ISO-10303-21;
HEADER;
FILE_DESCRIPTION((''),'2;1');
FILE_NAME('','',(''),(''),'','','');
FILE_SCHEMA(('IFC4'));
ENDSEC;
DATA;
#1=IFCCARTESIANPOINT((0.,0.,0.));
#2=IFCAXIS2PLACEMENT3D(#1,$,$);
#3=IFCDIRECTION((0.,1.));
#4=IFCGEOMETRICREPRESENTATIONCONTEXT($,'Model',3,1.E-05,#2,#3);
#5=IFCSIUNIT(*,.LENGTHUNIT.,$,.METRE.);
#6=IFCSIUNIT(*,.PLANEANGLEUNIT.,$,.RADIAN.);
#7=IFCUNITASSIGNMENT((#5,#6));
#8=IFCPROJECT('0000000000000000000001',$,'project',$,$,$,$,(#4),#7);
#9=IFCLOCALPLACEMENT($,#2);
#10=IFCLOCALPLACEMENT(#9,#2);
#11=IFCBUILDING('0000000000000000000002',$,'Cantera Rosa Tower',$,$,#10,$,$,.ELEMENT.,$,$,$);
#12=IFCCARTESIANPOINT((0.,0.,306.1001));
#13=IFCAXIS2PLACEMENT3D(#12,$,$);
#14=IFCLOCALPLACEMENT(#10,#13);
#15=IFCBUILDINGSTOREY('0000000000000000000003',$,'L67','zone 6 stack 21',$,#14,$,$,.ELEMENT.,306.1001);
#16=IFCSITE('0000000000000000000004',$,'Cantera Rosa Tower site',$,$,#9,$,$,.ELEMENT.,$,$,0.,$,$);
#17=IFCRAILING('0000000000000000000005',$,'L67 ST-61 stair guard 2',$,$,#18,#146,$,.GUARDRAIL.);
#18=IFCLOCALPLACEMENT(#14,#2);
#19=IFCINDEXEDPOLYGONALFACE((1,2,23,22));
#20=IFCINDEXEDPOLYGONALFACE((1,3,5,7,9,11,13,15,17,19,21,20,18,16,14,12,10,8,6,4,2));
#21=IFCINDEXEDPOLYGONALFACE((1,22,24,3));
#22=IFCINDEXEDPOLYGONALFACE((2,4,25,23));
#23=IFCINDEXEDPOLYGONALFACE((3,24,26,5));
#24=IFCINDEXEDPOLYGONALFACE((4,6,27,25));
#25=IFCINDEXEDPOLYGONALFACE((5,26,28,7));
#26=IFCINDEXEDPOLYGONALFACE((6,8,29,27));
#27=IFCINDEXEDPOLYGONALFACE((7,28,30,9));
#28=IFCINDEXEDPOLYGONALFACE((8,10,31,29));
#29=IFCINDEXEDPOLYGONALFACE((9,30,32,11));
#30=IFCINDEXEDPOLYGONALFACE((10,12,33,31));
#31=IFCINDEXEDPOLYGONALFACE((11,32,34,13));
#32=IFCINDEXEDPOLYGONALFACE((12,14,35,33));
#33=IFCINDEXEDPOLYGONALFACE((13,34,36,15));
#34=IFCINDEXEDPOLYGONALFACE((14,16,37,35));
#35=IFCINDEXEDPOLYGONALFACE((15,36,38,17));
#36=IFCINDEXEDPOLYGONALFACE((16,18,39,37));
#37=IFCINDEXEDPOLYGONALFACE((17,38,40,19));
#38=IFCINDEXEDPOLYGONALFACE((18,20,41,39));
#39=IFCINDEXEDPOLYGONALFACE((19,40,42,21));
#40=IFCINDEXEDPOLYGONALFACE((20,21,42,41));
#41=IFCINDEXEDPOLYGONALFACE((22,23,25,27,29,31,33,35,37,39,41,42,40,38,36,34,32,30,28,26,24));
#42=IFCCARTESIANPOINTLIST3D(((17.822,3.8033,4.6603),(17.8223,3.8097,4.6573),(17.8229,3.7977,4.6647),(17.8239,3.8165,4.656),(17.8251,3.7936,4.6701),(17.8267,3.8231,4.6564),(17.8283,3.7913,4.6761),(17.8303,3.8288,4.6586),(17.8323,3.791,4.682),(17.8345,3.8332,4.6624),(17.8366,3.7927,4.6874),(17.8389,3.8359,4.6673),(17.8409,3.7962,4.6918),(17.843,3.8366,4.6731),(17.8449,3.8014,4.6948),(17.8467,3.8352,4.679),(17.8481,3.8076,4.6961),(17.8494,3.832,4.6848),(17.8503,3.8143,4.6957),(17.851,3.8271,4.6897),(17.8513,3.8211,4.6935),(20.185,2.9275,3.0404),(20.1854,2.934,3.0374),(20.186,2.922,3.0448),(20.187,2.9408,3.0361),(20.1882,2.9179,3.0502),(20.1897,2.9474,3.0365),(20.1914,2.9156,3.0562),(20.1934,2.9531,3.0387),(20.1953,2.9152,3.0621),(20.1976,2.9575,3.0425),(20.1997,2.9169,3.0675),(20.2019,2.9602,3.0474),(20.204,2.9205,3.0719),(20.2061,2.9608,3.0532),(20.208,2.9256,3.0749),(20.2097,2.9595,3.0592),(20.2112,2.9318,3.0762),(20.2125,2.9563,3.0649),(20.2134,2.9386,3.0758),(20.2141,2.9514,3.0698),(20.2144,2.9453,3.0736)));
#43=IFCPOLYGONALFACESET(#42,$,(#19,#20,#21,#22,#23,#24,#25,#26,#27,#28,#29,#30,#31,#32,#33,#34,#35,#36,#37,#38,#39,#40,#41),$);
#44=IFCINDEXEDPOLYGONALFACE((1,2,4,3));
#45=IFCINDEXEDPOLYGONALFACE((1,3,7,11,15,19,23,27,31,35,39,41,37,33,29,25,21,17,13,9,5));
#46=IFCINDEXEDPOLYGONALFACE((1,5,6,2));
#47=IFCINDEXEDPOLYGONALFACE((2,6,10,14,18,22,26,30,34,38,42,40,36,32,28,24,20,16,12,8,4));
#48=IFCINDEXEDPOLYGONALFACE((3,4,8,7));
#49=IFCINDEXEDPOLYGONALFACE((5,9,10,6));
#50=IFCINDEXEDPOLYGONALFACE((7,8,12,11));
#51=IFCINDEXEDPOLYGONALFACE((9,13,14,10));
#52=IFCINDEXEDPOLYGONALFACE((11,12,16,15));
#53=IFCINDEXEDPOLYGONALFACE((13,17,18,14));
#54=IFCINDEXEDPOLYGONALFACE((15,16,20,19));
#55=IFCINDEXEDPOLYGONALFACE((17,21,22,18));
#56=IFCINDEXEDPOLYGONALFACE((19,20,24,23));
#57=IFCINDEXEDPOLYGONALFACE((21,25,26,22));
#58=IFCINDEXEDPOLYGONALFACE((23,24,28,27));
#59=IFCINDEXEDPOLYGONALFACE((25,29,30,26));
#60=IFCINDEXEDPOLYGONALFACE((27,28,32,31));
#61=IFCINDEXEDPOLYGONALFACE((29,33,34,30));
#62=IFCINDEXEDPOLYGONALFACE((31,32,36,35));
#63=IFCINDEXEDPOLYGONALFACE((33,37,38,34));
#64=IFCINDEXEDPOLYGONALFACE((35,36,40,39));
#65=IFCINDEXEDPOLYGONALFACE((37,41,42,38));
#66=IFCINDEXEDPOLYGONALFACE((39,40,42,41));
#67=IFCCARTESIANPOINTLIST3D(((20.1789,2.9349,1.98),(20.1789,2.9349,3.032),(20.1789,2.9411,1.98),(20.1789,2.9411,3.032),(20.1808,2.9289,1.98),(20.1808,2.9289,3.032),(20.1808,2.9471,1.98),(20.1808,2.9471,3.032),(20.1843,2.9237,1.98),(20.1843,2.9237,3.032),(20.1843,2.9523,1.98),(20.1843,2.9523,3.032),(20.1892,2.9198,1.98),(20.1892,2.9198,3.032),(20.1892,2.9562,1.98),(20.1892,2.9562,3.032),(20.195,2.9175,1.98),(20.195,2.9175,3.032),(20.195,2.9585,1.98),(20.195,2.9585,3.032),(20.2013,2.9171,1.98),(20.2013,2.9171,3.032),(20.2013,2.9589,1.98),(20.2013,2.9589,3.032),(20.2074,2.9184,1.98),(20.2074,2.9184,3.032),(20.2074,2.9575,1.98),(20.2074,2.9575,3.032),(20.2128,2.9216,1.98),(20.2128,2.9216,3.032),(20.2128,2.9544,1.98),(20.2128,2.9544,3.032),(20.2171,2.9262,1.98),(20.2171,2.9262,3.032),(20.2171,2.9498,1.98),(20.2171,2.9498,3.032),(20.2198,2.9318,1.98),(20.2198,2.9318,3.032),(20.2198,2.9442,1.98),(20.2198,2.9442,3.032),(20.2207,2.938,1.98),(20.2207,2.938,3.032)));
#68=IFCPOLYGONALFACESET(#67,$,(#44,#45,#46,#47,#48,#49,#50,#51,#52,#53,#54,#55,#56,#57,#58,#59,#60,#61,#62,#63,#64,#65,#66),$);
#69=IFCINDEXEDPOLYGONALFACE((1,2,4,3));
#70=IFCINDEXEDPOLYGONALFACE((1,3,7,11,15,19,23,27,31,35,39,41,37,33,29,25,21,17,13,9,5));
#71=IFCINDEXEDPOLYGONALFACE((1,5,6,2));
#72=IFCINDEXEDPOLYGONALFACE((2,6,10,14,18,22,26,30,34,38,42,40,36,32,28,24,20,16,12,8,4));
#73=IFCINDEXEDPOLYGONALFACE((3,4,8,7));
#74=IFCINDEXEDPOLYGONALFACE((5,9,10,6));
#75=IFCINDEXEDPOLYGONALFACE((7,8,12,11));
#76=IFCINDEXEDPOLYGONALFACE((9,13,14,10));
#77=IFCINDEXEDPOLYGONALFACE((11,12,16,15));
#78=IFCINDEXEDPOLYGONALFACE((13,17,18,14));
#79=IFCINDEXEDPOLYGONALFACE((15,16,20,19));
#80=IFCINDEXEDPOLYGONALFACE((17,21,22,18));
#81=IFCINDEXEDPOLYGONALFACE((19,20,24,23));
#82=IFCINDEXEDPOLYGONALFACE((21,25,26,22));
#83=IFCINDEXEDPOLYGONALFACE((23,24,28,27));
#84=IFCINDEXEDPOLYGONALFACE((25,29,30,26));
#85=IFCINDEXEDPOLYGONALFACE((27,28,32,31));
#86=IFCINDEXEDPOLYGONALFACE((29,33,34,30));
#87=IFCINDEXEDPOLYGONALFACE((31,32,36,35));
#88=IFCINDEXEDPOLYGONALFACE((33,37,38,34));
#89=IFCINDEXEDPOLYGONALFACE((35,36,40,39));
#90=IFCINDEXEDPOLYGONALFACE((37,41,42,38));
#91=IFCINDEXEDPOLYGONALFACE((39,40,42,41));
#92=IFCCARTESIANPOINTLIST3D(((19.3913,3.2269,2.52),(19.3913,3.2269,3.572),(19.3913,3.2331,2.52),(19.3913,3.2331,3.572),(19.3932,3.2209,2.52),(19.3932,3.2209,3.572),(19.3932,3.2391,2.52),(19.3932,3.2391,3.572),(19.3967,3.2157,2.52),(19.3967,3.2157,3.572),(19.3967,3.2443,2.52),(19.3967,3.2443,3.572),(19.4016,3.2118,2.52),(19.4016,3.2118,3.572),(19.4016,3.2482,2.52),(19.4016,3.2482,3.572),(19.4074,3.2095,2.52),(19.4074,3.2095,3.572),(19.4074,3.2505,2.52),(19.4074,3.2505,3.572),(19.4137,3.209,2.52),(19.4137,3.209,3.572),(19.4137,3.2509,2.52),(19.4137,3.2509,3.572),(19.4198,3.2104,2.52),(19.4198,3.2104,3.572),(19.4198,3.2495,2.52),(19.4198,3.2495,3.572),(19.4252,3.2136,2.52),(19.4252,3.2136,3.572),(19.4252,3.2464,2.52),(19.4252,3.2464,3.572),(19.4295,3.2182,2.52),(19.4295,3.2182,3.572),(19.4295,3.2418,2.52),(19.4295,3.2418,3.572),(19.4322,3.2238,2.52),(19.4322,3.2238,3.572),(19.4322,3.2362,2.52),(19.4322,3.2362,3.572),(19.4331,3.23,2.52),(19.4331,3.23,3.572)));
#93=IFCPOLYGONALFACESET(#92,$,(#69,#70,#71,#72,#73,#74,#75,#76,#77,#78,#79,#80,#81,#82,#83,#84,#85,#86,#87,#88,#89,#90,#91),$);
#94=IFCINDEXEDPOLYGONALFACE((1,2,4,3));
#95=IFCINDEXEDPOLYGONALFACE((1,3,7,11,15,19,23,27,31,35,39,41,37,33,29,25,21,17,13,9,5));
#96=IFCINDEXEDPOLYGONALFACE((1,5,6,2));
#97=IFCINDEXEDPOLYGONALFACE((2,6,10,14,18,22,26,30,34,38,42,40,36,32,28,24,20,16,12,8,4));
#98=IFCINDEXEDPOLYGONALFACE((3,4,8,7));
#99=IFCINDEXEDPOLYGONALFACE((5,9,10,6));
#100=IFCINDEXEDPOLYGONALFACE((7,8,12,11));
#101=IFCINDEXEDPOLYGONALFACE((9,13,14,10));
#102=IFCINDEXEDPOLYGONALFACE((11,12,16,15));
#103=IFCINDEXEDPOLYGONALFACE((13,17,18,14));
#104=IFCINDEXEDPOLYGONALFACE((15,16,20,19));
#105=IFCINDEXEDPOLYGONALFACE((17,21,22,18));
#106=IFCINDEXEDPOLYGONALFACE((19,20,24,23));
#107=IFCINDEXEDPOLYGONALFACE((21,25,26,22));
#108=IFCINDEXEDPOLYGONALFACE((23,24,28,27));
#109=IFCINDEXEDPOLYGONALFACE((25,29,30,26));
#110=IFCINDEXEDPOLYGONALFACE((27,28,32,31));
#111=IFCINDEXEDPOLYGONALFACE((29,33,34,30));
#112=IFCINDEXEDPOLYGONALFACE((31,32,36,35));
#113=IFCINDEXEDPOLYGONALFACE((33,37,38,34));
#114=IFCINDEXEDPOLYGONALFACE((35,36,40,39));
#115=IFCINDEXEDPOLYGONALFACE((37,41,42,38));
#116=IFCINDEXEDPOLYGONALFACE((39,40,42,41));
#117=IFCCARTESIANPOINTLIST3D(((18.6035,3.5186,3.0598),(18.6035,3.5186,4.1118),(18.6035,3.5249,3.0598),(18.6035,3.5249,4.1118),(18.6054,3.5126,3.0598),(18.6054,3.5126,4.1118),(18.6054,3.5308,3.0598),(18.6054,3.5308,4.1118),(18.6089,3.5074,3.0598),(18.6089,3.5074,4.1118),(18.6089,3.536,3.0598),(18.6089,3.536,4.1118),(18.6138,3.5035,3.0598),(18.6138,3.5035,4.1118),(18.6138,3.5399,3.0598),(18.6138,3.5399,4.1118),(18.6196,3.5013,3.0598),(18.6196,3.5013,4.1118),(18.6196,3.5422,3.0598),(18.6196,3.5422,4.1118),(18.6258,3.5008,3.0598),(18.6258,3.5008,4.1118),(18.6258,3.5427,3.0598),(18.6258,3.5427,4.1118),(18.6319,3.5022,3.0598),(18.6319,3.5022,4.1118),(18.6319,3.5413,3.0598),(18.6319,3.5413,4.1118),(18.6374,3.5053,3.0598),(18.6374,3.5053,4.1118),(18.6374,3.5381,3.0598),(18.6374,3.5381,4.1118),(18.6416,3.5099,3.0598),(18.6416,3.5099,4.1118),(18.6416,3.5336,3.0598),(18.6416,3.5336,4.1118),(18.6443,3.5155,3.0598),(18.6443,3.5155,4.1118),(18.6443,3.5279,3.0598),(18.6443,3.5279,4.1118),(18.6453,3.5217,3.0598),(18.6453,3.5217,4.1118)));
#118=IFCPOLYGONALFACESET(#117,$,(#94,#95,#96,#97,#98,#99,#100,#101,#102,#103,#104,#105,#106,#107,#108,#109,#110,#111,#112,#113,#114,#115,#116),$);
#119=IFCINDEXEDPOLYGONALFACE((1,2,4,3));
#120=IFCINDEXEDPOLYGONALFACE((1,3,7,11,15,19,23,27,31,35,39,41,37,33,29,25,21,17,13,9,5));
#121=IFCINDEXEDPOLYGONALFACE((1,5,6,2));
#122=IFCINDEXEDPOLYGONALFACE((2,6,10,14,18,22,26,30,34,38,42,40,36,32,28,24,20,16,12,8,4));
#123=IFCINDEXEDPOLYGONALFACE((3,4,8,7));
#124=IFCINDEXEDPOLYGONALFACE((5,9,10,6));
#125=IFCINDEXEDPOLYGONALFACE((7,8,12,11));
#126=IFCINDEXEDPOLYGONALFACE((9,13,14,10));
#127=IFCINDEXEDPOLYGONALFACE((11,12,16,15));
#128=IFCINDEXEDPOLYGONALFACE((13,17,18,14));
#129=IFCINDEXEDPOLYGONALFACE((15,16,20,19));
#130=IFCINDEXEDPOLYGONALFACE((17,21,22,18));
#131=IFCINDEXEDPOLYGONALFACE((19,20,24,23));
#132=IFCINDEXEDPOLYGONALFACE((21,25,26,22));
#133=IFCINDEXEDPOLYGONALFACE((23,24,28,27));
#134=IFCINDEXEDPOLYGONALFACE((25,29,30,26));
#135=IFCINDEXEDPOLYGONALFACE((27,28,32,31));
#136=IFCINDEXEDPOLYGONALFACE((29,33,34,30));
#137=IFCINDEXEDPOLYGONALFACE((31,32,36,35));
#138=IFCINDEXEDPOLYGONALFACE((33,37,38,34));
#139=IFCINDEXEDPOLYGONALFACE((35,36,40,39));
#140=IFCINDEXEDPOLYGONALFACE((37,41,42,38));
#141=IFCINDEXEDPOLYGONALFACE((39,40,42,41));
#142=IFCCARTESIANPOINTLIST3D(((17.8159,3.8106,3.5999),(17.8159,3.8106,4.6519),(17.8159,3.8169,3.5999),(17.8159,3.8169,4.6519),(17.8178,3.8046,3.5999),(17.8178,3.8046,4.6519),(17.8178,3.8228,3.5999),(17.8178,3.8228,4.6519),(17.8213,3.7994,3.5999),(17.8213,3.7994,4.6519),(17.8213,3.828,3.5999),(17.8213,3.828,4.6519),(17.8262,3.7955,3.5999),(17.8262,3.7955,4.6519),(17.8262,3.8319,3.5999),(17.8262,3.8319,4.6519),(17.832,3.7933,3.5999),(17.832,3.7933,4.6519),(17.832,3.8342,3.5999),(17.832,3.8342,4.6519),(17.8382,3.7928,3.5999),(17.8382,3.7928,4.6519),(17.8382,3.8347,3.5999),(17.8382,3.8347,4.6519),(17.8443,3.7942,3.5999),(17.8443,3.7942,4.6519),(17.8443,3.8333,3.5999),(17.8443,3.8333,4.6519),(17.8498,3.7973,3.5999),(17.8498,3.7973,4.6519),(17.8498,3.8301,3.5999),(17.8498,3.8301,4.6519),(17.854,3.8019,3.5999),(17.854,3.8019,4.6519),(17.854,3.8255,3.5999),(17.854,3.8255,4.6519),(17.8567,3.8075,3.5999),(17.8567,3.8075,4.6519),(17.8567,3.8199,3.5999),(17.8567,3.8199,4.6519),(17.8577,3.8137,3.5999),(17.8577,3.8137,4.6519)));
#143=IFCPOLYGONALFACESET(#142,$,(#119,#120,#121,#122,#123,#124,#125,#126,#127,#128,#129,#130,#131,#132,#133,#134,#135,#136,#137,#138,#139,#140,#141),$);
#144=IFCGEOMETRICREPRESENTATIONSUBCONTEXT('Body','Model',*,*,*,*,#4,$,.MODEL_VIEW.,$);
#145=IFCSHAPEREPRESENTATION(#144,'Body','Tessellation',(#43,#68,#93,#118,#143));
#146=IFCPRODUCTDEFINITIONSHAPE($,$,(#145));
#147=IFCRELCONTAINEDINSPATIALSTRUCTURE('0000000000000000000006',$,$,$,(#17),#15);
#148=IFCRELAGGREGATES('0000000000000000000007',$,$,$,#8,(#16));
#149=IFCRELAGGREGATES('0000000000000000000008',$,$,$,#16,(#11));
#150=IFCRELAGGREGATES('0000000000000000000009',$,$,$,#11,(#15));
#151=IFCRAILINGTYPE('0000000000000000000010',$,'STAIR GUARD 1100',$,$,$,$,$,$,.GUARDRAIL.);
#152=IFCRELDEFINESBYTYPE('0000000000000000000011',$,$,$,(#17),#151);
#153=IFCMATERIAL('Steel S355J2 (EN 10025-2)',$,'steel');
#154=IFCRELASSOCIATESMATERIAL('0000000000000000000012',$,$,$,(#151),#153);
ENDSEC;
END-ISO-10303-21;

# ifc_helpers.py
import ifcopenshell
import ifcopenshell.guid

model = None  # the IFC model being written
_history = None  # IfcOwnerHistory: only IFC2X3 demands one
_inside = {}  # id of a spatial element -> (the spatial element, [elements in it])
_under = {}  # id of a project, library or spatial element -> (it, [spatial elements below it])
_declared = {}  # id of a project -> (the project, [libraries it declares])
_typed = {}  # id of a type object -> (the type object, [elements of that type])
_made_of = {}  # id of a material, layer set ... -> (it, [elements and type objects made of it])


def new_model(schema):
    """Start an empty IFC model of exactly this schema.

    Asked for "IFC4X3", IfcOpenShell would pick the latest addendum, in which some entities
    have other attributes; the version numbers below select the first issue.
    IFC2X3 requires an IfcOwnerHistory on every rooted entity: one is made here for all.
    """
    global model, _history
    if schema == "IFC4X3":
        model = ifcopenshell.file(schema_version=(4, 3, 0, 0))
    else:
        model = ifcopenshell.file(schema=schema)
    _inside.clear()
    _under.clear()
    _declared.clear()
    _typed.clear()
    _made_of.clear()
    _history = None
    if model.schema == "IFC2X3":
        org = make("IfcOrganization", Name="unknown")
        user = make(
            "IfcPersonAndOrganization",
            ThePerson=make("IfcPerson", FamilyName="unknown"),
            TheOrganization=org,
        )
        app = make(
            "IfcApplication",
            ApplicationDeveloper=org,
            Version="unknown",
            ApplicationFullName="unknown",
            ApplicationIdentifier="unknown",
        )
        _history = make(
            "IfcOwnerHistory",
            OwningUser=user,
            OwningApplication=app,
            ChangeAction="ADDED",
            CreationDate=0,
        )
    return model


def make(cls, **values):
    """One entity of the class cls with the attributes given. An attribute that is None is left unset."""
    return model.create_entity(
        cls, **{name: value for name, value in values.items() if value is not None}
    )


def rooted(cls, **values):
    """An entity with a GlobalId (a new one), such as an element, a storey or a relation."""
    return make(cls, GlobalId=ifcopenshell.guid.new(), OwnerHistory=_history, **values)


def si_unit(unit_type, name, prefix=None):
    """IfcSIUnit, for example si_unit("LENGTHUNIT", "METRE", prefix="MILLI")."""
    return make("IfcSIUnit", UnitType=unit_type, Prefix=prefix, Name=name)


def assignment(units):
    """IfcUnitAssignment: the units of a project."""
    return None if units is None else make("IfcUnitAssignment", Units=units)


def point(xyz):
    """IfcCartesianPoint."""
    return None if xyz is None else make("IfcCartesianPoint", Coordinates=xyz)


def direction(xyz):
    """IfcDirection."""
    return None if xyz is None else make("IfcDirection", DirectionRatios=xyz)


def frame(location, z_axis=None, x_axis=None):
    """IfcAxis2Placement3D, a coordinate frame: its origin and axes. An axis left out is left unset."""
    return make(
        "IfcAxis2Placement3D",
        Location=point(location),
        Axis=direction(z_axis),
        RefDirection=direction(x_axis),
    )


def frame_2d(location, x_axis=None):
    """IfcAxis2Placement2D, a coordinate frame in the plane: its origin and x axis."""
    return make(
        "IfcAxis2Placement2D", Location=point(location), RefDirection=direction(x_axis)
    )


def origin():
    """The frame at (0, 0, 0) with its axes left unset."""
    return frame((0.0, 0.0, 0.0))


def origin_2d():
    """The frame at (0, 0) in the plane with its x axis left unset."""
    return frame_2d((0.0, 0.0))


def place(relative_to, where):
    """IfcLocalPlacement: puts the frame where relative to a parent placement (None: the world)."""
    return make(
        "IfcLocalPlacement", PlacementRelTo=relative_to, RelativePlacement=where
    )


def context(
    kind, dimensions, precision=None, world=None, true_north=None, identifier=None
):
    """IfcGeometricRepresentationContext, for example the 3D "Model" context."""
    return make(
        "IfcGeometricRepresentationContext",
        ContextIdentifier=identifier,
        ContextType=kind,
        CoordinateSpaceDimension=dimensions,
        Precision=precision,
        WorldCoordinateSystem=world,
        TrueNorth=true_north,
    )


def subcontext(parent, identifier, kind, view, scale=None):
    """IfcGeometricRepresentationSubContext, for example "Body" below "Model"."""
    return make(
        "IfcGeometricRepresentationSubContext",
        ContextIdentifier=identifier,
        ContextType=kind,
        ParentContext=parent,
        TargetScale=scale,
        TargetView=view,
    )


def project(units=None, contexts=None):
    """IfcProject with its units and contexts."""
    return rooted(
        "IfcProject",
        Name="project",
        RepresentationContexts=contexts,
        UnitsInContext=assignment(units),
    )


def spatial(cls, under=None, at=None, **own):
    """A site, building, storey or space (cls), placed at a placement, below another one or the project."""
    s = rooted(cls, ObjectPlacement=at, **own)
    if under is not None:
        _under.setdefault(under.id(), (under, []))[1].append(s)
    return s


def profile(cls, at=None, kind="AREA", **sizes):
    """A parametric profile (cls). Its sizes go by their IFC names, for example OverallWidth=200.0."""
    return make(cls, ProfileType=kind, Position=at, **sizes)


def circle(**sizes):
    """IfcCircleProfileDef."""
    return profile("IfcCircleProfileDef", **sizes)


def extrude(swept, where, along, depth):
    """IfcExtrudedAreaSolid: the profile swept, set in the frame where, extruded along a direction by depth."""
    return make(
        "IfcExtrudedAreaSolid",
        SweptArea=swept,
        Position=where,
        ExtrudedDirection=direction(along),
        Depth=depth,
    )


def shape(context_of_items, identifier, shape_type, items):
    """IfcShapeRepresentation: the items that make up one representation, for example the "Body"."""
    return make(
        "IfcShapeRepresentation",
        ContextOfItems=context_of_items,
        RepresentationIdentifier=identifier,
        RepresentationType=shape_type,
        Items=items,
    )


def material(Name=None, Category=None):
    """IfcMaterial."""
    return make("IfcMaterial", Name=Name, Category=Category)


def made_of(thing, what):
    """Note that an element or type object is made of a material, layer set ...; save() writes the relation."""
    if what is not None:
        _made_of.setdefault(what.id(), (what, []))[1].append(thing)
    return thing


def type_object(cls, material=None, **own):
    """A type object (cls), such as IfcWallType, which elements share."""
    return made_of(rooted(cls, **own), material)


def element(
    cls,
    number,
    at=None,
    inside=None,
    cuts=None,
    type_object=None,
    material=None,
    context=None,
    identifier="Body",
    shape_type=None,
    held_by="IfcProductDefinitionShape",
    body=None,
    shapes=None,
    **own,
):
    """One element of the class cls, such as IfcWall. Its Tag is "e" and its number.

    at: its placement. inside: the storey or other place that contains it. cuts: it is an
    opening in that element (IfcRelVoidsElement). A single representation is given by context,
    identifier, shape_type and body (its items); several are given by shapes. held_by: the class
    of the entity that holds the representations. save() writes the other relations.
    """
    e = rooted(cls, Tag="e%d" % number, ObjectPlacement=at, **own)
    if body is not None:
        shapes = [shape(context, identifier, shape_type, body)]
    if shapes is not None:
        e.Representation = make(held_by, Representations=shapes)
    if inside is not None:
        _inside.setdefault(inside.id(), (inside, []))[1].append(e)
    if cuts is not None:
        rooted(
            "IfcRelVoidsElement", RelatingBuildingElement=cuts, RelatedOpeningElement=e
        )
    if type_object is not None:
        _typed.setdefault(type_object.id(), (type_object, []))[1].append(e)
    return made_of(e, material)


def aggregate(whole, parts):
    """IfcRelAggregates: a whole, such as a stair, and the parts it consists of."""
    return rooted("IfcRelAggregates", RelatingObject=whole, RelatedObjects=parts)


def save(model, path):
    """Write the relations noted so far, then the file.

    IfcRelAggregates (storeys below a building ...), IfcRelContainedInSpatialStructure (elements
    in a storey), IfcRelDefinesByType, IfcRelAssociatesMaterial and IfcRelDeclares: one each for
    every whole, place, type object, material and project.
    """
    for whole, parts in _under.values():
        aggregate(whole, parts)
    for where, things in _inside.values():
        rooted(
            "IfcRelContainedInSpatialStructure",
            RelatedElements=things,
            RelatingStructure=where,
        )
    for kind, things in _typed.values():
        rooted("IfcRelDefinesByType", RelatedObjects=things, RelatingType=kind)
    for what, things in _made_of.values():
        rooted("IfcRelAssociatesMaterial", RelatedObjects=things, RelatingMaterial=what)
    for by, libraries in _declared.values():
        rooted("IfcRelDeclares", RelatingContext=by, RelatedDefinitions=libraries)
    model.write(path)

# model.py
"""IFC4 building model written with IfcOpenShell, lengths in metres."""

from ifc_helpers import new_model, si_unit, direction, frame, origin, origin_2d, place, context, subcontext, project, spatial, circle, extrude, material, type_object, element, save


model = new_model("IFC4")

# Units and contexts
model_context = context("Model", 3, precision=1e-05, world=origin(), true_north=direction((0.0, 1.0)))
body_context = subcontext(model_context, "Body", "Model", "MODEL_VIEW")
ifc_project = project(units=[si_unit("LENGTHUNIT", "METRE"), si_unit("PLANEANGLEUNIT", "RADIAN")], contexts=[model_context])

# Site, building, storey
site_placement = place(None, origin())
site = spatial("IfcSite", under=ifc_project, at=site_placement, Name="Cantera Rosa Tower site", CompositionType="ELEMENT", RefElevation=0.0)
building_placement = place(site_placement, origin())
building = spatial("IfcBuilding", under=site, at=building_placement, Name="Cantera Rosa Tower", CompositionType="ELEMENT")
storey_placement = place(building_placement, frame((0.0, 0.0, 306.1001)))
storey = spatial("IfcBuildingStorey", under=building, at=storey_placement, Name="L67", Description="zone 6 stack 21", CompositionType="ELEMENT", Elevation=306.1001)

# Railing
ifc_material_1 = material(Name="Steel S355J2 (EN 10025-2)", Category="steel")
railing_type_1 = type_object("IfcRailingType", Name="STAIR GUARD 1100", PredefinedType="GUARDRAIL", material=ifc_material_1)
railing_1_placement = place(storey_placement, frame((20.1997, 2.938, 1.98)))
element("IfcRailing", 1, at=railing_1_placement, inside=storey, type_object=railing_type_1, Name="L67 ST-61 stair guard 2", PredefinedType="GUARDRAIL", context=body_context, shape_type="SweptSolid", body=[
    extrude(circle(Radius=0.0239, at=origin_2d()), frame((0.0, 0.0, 1.0762), z_axis=(-0.788782, 0.29232, 0.540714), x_axis=(-0.347501, -0.93768, 0.0)), (0.0, 0.0, 1.0), 2.9958),
    extrude(circle(Radius=0.021, at=origin_2d()), origin(), (0.0, 0.0, 1.0), 1.052),
    extrude(circle(Radius=0.021, at=origin_2d()), frame((-0.7876, 0.292, 0.54)), (0.0, 0.0, 1.0), 1.052),
    extrude(circle(Radius=0.021, at=origin_2d()), frame((-1.5754, 0.5837, 1.0798)), (0.0, 0.0, 1.0), 1.052),
    extrude(circle(Radius=0.021, at=origin_2d()), frame((-2.363, 0.8757, 1.6199)), (0.0, 0.0, 1.0), 1.052),
])

save(model, "model.ifc")
